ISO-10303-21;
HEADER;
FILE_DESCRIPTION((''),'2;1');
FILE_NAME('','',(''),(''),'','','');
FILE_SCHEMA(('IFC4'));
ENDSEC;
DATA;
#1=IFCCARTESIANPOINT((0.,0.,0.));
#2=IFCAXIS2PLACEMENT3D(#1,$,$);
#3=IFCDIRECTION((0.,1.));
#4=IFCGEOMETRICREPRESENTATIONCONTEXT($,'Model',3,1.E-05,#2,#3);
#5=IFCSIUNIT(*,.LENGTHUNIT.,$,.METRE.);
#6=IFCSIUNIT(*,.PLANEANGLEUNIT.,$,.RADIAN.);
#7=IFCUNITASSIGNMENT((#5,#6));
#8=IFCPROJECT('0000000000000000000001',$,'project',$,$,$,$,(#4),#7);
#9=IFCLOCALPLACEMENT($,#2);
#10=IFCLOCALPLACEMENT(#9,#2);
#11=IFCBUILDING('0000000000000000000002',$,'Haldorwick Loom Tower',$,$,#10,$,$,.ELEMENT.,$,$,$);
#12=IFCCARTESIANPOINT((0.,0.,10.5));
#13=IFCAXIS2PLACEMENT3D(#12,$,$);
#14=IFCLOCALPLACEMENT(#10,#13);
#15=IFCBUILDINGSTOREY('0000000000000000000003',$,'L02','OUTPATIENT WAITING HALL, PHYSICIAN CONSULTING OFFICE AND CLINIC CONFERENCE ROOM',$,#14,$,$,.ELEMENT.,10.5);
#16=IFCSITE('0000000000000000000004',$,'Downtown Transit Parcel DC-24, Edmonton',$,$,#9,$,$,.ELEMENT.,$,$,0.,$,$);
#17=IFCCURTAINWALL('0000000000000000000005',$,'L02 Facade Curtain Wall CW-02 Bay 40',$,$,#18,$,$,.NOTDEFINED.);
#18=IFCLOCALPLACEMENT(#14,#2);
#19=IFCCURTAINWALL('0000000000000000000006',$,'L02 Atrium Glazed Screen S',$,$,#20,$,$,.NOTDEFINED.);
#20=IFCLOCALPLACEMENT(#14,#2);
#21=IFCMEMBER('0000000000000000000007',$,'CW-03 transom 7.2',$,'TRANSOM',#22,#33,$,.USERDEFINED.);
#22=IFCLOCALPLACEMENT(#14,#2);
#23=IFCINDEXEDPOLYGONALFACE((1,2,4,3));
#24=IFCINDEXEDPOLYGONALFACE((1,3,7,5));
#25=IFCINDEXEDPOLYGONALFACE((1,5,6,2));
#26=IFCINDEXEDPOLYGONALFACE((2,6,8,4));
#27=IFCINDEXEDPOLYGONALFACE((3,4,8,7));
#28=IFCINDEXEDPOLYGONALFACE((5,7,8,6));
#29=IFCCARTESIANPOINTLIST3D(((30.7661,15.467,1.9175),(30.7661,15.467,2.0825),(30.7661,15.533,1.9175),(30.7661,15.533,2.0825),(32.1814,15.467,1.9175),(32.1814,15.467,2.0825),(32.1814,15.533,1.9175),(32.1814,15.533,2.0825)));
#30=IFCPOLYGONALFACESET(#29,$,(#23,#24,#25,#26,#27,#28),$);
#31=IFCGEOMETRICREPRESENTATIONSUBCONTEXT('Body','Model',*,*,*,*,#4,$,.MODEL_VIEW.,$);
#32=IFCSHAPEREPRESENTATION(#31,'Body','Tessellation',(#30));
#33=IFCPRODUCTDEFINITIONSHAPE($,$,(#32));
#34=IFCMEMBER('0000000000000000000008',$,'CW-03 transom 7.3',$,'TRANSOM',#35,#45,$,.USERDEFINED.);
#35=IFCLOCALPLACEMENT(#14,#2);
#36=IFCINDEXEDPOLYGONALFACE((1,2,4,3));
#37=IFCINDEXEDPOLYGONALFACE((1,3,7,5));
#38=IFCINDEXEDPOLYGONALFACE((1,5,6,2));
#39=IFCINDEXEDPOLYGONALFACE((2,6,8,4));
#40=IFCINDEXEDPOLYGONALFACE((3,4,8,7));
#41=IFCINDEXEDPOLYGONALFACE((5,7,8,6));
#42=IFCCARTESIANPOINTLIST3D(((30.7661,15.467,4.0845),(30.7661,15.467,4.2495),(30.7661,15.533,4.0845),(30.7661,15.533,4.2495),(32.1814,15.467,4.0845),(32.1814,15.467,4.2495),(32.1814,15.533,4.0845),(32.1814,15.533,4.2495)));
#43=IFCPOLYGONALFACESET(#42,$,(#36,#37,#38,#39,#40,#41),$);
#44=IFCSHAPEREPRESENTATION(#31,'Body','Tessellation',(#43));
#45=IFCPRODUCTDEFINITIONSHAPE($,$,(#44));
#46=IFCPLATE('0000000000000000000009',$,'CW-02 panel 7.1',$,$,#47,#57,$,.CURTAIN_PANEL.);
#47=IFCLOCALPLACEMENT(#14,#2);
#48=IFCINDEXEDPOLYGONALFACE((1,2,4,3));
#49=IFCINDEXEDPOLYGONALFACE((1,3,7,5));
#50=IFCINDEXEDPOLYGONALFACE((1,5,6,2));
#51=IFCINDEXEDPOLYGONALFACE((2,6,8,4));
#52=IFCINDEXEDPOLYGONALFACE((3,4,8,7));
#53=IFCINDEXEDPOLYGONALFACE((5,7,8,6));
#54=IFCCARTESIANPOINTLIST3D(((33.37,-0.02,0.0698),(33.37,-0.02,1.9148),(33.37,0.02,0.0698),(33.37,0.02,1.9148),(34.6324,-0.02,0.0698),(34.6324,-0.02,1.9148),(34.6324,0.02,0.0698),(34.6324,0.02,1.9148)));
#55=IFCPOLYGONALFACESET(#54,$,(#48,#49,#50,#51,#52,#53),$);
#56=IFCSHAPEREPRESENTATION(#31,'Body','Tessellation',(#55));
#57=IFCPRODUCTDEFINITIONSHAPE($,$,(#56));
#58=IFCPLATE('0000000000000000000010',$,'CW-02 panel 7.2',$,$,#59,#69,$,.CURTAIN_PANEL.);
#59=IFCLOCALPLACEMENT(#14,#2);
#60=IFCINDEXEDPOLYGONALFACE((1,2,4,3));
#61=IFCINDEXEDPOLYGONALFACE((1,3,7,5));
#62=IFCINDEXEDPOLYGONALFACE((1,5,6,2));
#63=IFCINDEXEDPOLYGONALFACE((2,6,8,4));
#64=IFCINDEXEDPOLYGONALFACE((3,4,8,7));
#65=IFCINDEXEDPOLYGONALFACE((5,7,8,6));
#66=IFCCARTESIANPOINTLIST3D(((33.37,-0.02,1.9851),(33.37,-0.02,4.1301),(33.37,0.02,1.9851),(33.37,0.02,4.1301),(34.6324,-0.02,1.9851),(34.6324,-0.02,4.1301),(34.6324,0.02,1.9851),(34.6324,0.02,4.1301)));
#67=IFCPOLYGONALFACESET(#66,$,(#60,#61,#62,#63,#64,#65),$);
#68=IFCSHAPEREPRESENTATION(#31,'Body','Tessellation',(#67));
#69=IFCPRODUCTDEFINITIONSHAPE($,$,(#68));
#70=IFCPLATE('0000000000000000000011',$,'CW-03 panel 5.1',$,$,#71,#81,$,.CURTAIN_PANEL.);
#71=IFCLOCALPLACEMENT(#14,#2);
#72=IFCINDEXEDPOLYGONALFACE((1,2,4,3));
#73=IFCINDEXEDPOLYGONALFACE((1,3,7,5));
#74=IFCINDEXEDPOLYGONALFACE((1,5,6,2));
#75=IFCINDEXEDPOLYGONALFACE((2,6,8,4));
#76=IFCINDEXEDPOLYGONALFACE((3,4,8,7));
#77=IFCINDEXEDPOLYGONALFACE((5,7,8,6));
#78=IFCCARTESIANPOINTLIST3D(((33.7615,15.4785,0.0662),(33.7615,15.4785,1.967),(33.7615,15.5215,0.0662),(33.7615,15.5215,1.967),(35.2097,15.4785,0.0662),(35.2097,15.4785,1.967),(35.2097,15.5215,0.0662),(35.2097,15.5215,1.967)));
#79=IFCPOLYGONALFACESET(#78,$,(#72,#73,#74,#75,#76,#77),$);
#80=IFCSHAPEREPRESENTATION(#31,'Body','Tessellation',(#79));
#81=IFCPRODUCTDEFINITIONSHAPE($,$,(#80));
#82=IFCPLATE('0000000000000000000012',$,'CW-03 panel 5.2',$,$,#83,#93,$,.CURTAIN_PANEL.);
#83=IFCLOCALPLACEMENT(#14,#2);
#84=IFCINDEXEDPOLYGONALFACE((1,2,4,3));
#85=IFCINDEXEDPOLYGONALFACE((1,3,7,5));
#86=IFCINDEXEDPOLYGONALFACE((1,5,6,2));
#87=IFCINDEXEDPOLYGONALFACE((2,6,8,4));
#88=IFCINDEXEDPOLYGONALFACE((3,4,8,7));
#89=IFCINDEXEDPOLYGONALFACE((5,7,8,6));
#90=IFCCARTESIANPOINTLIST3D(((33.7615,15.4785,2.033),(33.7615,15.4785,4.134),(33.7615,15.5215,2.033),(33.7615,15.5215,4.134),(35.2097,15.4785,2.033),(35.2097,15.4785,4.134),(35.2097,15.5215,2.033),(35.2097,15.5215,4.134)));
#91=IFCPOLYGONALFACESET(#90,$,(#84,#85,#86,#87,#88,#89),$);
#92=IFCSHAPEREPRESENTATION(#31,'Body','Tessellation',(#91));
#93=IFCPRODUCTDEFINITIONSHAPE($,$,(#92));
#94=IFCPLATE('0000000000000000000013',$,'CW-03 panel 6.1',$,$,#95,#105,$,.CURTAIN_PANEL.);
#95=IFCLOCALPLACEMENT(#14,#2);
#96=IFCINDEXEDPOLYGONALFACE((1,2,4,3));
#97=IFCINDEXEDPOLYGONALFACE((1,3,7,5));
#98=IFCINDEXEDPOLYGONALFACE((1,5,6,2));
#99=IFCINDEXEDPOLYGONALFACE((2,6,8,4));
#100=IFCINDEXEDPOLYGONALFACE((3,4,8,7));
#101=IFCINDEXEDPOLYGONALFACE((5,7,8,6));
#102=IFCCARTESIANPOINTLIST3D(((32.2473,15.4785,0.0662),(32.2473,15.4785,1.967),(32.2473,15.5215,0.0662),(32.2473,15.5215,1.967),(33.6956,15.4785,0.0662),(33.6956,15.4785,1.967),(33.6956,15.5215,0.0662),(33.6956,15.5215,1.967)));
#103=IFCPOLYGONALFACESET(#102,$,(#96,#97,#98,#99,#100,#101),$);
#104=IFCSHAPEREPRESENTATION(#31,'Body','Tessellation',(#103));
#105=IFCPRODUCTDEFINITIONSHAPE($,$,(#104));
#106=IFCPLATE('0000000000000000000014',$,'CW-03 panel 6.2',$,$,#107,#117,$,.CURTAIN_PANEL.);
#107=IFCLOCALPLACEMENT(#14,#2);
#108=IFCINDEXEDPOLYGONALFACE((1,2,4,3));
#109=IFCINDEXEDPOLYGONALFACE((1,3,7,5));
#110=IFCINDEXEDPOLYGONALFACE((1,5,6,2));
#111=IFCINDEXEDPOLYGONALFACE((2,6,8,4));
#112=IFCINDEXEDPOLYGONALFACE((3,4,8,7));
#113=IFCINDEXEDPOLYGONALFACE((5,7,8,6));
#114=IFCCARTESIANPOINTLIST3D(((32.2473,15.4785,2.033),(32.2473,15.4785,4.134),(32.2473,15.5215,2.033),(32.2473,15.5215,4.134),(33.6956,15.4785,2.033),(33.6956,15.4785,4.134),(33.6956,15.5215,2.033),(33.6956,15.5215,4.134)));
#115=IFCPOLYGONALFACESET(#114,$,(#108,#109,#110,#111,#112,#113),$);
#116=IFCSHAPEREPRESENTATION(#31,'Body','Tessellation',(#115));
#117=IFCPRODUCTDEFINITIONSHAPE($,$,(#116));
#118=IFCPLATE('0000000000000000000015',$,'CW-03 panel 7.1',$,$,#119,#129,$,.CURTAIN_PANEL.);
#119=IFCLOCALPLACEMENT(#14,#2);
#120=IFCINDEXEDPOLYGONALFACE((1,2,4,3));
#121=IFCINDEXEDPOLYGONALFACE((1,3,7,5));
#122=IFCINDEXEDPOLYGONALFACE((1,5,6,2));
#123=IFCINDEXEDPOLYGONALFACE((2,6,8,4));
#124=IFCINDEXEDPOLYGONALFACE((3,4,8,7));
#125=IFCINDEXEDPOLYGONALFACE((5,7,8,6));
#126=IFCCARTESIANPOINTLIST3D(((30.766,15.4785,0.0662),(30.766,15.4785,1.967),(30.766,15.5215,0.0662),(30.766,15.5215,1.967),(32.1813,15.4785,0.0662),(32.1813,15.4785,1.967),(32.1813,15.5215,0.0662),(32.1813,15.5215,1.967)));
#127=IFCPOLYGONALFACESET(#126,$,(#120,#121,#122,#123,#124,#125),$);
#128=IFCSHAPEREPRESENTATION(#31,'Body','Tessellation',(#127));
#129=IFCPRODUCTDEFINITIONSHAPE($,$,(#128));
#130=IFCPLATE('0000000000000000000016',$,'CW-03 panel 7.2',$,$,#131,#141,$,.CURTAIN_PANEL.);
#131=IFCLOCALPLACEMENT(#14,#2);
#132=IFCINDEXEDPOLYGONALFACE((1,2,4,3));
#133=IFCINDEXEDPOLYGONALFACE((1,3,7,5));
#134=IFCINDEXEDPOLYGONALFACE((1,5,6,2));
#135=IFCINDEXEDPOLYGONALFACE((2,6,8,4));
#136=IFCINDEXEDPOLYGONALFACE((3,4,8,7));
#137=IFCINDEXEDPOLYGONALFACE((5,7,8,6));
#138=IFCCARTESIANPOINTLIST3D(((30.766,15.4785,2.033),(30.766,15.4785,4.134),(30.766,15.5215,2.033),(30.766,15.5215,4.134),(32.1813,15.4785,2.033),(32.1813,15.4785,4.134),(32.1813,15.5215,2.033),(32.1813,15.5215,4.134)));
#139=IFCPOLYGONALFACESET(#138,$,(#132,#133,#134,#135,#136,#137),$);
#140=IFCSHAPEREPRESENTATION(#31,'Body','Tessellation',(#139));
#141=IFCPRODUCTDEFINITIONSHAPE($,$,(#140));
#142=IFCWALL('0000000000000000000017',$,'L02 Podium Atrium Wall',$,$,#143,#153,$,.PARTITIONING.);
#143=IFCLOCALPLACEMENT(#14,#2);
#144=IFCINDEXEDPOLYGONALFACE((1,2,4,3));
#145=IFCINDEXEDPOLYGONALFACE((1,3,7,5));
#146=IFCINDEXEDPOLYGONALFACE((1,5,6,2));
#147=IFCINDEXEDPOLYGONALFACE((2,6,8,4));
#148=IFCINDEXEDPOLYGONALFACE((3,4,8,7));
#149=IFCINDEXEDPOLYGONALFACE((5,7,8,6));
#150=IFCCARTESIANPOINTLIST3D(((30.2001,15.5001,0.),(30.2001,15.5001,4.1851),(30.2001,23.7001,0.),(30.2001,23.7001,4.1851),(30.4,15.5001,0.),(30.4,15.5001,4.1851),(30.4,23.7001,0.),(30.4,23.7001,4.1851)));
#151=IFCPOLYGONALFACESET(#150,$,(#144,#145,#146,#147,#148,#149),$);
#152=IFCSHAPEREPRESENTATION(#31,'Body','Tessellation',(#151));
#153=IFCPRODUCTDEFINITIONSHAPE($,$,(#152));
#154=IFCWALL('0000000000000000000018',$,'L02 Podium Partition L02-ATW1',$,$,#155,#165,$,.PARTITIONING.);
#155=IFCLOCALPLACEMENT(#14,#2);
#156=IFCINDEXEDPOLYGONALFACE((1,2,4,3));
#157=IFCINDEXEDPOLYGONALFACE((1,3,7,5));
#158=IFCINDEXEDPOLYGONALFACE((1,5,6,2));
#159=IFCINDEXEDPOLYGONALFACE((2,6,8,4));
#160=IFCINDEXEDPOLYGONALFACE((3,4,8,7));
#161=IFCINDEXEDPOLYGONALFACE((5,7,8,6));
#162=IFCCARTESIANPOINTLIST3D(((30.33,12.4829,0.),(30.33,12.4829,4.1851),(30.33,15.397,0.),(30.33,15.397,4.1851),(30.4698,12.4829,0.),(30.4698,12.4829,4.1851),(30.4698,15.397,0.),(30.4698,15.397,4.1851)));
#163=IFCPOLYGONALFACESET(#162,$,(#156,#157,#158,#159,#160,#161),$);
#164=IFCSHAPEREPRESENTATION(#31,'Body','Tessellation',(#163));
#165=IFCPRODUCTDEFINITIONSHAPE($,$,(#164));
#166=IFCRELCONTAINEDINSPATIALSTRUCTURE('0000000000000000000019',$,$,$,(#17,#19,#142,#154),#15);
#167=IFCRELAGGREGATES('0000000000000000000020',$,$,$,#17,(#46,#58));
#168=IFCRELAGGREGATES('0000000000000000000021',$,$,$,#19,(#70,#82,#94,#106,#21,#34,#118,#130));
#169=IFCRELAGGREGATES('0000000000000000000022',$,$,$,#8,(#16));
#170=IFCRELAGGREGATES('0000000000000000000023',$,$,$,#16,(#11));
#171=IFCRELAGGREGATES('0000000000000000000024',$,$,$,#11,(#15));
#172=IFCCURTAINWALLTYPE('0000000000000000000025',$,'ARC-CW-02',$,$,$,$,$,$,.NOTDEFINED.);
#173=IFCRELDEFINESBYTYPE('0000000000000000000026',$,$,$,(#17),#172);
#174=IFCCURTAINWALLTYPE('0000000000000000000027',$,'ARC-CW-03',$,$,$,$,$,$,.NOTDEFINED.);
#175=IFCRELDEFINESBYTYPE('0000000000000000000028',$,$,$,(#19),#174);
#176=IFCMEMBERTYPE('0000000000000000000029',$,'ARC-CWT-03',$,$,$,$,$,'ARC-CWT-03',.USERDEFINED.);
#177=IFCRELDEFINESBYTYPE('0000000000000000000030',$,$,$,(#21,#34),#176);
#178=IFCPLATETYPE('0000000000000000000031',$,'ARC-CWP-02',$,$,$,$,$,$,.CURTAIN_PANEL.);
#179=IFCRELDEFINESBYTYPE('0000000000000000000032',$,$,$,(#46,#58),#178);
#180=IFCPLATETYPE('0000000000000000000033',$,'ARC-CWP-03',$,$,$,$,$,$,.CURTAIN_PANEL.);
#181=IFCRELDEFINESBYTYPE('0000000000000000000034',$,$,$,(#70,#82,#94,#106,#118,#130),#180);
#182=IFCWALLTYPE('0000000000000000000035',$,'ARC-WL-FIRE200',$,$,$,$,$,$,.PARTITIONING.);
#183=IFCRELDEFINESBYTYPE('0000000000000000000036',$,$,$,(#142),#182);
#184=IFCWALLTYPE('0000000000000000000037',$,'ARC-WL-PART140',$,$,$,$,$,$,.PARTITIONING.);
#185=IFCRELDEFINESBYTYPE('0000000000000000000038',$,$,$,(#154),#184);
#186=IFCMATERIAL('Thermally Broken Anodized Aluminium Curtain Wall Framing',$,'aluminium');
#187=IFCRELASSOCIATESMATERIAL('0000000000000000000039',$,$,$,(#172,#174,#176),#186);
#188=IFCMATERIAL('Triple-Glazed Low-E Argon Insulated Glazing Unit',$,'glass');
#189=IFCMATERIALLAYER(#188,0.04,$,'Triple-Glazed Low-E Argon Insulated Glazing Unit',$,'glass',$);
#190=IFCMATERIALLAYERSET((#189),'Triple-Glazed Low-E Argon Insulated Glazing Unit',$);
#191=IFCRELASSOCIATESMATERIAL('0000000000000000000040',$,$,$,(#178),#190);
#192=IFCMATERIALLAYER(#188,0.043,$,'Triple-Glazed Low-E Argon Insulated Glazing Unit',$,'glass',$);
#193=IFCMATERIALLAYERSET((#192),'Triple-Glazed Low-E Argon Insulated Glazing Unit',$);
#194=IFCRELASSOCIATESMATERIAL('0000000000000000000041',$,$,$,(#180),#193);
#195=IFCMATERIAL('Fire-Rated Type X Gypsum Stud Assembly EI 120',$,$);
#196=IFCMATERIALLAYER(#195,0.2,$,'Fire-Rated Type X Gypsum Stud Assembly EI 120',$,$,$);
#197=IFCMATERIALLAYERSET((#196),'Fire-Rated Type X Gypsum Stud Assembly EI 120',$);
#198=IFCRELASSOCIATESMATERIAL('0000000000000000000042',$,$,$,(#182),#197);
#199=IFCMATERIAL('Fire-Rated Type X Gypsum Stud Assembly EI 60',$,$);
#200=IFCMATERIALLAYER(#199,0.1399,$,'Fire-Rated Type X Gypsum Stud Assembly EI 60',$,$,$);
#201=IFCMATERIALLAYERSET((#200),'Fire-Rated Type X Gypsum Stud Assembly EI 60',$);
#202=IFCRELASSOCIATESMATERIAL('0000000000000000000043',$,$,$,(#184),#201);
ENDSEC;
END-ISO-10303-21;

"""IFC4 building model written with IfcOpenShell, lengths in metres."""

from ifc_helpers import new_model, si_unit, direction, frame, frame_2d, origin, origin_2d, place, context, subcontext, project, spatial, rectangle, extrude, material, layer, layer_set, material_profile, profile_set, type_object, element, aggregate, save


model = new_model("IFC4")

# Units and contexts
model_context = context("Model", 3, precision=1e-05, world=origin(), true_north=direction((0.0, 1.0)))
body_context = subcontext(model_context, "Body", "Model", "MODEL_VIEW")
ifc_project = project(units=[si_unit("LENGTHUNIT", "METRE"), si_unit("PLANEANGLEUNIT", "RADIAN")], contexts=[model_context])

# Site, building, storey
site_placement = place(None, origin())
site = spatial("IfcSite", under=ifc_project, at=site_placement, Name="Downtown Transit Parcel DC-24, Edmonton", CompositionType="ELEMENT", RefElevation=0.0)
building_placement = place(site_placement, origin())
building = spatial("IfcBuilding", under=site, at=building_placement, Name="Haldorwick Loom Tower", CompositionType="ELEMENT")
storey_placement = place(building_placement, frame((0.0, 0.0, 10.5)))
storey = spatial("IfcBuildingStorey", under=building, at=storey_placement, Name="L02", Description="OUTPATIENT WAITING HALL, PHYSICIAN CONSULTING OFFICE AND CLINIC CONFERENCE ROOM", CompositionType="ELEMENT", Elevation=10.5)

# Curtain wall
ifc_material_1 = material(Name="Thermally Broken Anodized Aluminium Curtain Wall Framing", Category="aluminium")
curtain_wall_type_1 = type_object("IfcCurtainWallType", Name="ARC-CW-02", PredefinedType="NOTDEFINED", material=ifc_material_1)
curtain_wall_1_placement = place(storey_placement, origin())
curtain_wall_1 = element("IfcCurtainWall", 1, at=curtain_wall_1_placement, inside=storey, type_object=curtain_wall_type_1, Name="L02 Facade Curtain Wall CW-02 Bay 40", PredefinedType="NOTDEFINED")

# Curtain wall
curtain_wall_type_2 = type_object("IfcCurtainWallType", Name="ARC-CW-03", PredefinedType="NOTDEFINED", material=ifc_material_1)
curtain_wall_2_placement = place(storey_placement, origin())
curtain_wall_2 = element("IfcCurtainWall", 2, at=curtain_wall_2_placement, inside=storey, type_object=curtain_wall_type_2, Name="L02 Atrium Glazed Screen S", PredefinedType="NOTDEFINED")

# Members
ifc_material_profile_1 = material_profile(ifc_material_1, rectangle(XDim=0.0659, YDim=0.165, at=origin_2d()), Name="ALU_TRN_66X165", Category="aluminium")
ifc_profile_set_1 = profile_set([ifc_material_profile_1], Name="Thermally Broken Anodized Aluminium Curtain Wall Framing")
member_type_1 = type_object("IfcMemberType", Name="ARC-CWT-03", ElementType="ARC-CWT-03", PredefinedType="USERDEFINED", material=ifc_profile_set_1)
member_1_placement = place(storey_placement, frame((32.1814, 15.5, 2.0), z_axis=(-1.0, 0.0, 0.0), x_axis=(0.0, -1.0, 0.0)))
member_1 = element("IfcMember", 3, at=member_1_placement, type_object=member_type_1, Name="CW-03 transom 7.2", ObjectType="TRANSOM", PredefinedType="USERDEFINED", context=body_context, shape_type="SweptSolid", body=[
    extrude(rectangle(XDim=0.0659, YDim=0.165, at=origin_2d()), origin(), (0.0, 0.0, 1.0), 1.4153),
])
member_2_placement = place(storey_placement, frame((32.1814, 15.5, 4.167), z_axis=(-1.0, 0.0, 0.0), x_axis=(0.0, -1.0, 0.0)))
member_2 = element("IfcMember", 4, at=member_2_placement, type_object=member_type_1, Name="CW-03 transom 7.3", ObjectType="TRANSOM", PredefinedType="USERDEFINED", context=body_context, shape_type="SweptSolid", body=[
    extrude(rectangle(XDim=0.0659, YDim=0.165, at=origin_2d()), origin(), (0.0, 0.0, 1.0), 1.4153),
])

# Plates
ifc_material_2 = material(Name="Triple-Glazed Low-E Argon Insulated Glazing Unit", Category="glass")
ifc_layer_1 = layer(ifc_material_2, 0.04, Name="Triple-Glazed Low-E Argon Insulated Glazing Unit", Category="glass")
ifc_layer_set_1 = layer_set([ifc_layer_1], Name="Triple-Glazed Low-E Argon Insulated Glazing Unit")
plate_type_1 = type_object("IfcPlateType", Name="ARC-CWP-02", PredefinedType="CURTAIN_PANEL", material=ifc_layer_set_1)
plate_1_placement = place(storey_placement, frame((34.0012, 0.0, 0.0698), z_axis=(0.0, 0.0, 1.0), x_axis=(1.0, 0.0, 0.0)))
plate_1 = element("IfcPlate", 5, at=plate_1_placement, type_object=plate_type_1, Name="CW-02 panel 7.1", PredefinedType="CURTAIN_PANEL", context=body_context, shape_type="SweptSolid", body=[
    extrude(rectangle(XDim=1.2625, YDim=0.04, at=origin_2d()), origin(), (0.0, 0.0, 1.0), 1.845),
])
plate_2_placement = place(storey_placement, frame((34.0012, 0.0, 1.9851), z_axis=(0.0, 0.0, 1.0), x_axis=(1.0, 0.0, 0.0)))
plate_2 = element("IfcPlate", 6, at=plate_2_placement, type_object=plate_type_1, Name="CW-02 panel 7.2", PredefinedType="CURTAIN_PANEL", context=body_context, shape_type="SweptSolid", body=[
    extrude(rectangle(XDim=1.2625, YDim=0.04, at=origin_2d()), origin(), (0.0, 0.0, 1.0), 2.145),
])
aggregate(curtain_wall_1, [plate_1, plate_2])
ifc_layer_2 = layer(ifc_material_2, 0.043, Name="Triple-Glazed Low-E Argon Insulated Glazing Unit", Category="glass")
ifc_layer_set_2 = layer_set([ifc_layer_2], Name="Triple-Glazed Low-E Argon Insulated Glazing Unit")
plate_type_2 = type_object("IfcPlateType", Name="ARC-CWP-03", PredefinedType="CURTAIN_PANEL", material=ifc_layer_set_2)
plate_3_placement = place(storey_placement, frame((34.4856, 15.5, 0.0662), z_axis=(0.0, 0.0, 1.0), x_axis=(-1.0, 0.0, 0.0)))
plate_3 = element("IfcPlate", 7, at=plate_3_placement, type_object=plate_type_2, Name="CW-03 panel 5.1", PredefinedType="CURTAIN_PANEL", context=body_context, shape_type="SweptSolid", body=[
    extrude(rectangle(XDim=1.4482, YDim=0.043, at=origin_2d()), origin(), (0.0, 0.0, 1.0), 1.9009),
])
plate_4_placement = place(storey_placement, frame((34.4856, 15.5, 2.033), z_axis=(0.0, 0.0, 1.0), x_axis=(-1.0, 0.0, 0.0)))
plate_4 = element("IfcPlate", 8, at=plate_4_placement, type_object=plate_type_2, Name="CW-03 panel 5.2", PredefinedType="CURTAIN_PANEL", context=body_context, shape_type="SweptSolid", body=[
    extrude(rectangle(XDim=1.4482, YDim=0.043, at=origin_2d()), origin(), (0.0, 0.0, 1.0), 2.1011),
])
plate_5_placement = place(storey_placement, frame((32.9714, 15.5, 0.0662), z_axis=(0.0, 0.0, 1.0), x_axis=(-1.0, 0.0, 0.0)))
plate_5 = element("IfcPlate", 9, at=plate_5_placement, type_object=plate_type_2, Name="CW-03 panel 6.1", PredefinedType="CURTAIN_PANEL", context=body_context, shape_type="SweptSolid", body=[
    extrude(rectangle(XDim=1.4482, YDim=0.043, at=origin_2d()), origin(), (0.0, 0.0, 1.0), 1.9009),
])
plate_6_placement = place(storey_placement, frame((32.9714, 15.5, 2.033), z_axis=(0.0, 0.0, 1.0), x_axis=(-1.0, 0.0, 0.0)))
plate_6 = element("IfcPlate", 10, at=plate_6_placement, type_object=plate_type_2, Name="CW-03 panel 6.2", PredefinedType="CURTAIN_PANEL", context=body_context, shape_type="SweptSolid", body=[
    extrude(rectangle(XDim=1.4482, YDim=0.043, at=origin_2d()), origin(), (0.0, 0.0, 1.0), 2.1011),
])
plate_7_placement = place(storey_placement, frame((31.4736, 15.5, 0.0662), z_axis=(0.0, 0.0, 1.0), x_axis=(-1.0, 0.0, 0.0)))
plate_7 = element("IfcPlate", 11, at=plate_7_placement, type_object=plate_type_2, Name="CW-03 panel 7.1", PredefinedType="CURTAIN_PANEL", context=body_context, shape_type="SweptSolid", body=[
    extrude(rectangle(XDim=1.4153, YDim=0.043, at=origin_2d()), origin(), (0.0, 0.0, 1.0), 1.9009),
])
plate_8_placement = place(storey_placement, frame((31.4736, 15.5, 2.033), z_axis=(0.0, 0.0, 1.0), x_axis=(-1.0, 0.0, 0.0)))
plate_8 = element("IfcPlate", 12, at=plate_8_placement, type_object=plate_type_2, Name="CW-03 panel 7.2", PredefinedType="CURTAIN_PANEL", context=body_context, shape_type="SweptSolid", body=[
    extrude(rectangle(XDim=1.4153, YDim=0.043, at=origin_2d()), origin(), (0.0, 0.0, 1.0), 2.1011),
])
aggregate(curtain_wall_2, [plate_3, plate_4, plate_5, plate_6, member_1, member_2, plate_7, plate_8])

# Walls
ifc_material_3 = material(Name="Fire-Rated Type X Gypsum Stud Assembly EI 120")
ifc_layer_3 = layer(ifc_material_3, 0.2, Name="Fire-Rated Type X Gypsum Stud Assembly EI 120")
ifc_layer_set_3 = layer_set([ifc_layer_3], Name="Fire-Rated Type X Gypsum Stud Assembly EI 120")
wall_type_1 = type_object("IfcWallType", Name="ARC-WL-FIRE200", PredefinedType="PARTITIONING", material=ifc_layer_set_3)
wall_1_placement = place(storey_placement, frame((30.3, 15.5, 0.0), z_axis=(0.0, 0.0, 1.0), x_axis=(0.0, 1.0, 0.0)))
element("IfcWall", 13, at=wall_1_placement, inside=storey, type_object=wall_type_1, Name="L02 Podium Atrium Wall", PredefinedType="PARTITIONING", context=body_context, shape_type="SweptSolid", body=[
    extrude(rectangle(XDim=8.2, YDim=0.2, at=frame_2d((4.1001, 0.0))), origin(), (0.0, 0.0, 1.0), 4.1851),
])
ifc_material_4 = material(Name="Fire-Rated Type X Gypsum Stud Assembly EI 60")
ifc_layer_4 = layer(ifc_material_4, 0.1399, Name="Fire-Rated Type X Gypsum Stud Assembly EI 60")
ifc_layer_set_4 = layer_set([ifc_layer_4], Name="Fire-Rated Type X Gypsum Stud Assembly EI 60")
wall_type_2 = type_object("IfcWallType", Name="ARC-WL-PART140", PredefinedType="PARTITIONING", material=ifc_layer_set_4)
wall_2_placement = place(storey_placement, frame((30.3999, 12.4829, 0.0), z_axis=(0.0, 0.0, 1.0), x_axis=(0.0, 1.0, 0.0)))
element("IfcWall", 14, at=wall_2_placement, inside=storey, type_object=wall_type_2, Name="L02 Podium Partition L02-ATW1", PredefinedType="PARTITIONING", context=body_context, shape_type="SweptSolid", body=[
    extrude(rectangle(XDim=2.9141, YDim=0.1399, at=frame_2d((1.457, 0.0))), origin(), (0.0, 0.0, 1.0), 4.1851),
])

save(model, "model.ifc")
